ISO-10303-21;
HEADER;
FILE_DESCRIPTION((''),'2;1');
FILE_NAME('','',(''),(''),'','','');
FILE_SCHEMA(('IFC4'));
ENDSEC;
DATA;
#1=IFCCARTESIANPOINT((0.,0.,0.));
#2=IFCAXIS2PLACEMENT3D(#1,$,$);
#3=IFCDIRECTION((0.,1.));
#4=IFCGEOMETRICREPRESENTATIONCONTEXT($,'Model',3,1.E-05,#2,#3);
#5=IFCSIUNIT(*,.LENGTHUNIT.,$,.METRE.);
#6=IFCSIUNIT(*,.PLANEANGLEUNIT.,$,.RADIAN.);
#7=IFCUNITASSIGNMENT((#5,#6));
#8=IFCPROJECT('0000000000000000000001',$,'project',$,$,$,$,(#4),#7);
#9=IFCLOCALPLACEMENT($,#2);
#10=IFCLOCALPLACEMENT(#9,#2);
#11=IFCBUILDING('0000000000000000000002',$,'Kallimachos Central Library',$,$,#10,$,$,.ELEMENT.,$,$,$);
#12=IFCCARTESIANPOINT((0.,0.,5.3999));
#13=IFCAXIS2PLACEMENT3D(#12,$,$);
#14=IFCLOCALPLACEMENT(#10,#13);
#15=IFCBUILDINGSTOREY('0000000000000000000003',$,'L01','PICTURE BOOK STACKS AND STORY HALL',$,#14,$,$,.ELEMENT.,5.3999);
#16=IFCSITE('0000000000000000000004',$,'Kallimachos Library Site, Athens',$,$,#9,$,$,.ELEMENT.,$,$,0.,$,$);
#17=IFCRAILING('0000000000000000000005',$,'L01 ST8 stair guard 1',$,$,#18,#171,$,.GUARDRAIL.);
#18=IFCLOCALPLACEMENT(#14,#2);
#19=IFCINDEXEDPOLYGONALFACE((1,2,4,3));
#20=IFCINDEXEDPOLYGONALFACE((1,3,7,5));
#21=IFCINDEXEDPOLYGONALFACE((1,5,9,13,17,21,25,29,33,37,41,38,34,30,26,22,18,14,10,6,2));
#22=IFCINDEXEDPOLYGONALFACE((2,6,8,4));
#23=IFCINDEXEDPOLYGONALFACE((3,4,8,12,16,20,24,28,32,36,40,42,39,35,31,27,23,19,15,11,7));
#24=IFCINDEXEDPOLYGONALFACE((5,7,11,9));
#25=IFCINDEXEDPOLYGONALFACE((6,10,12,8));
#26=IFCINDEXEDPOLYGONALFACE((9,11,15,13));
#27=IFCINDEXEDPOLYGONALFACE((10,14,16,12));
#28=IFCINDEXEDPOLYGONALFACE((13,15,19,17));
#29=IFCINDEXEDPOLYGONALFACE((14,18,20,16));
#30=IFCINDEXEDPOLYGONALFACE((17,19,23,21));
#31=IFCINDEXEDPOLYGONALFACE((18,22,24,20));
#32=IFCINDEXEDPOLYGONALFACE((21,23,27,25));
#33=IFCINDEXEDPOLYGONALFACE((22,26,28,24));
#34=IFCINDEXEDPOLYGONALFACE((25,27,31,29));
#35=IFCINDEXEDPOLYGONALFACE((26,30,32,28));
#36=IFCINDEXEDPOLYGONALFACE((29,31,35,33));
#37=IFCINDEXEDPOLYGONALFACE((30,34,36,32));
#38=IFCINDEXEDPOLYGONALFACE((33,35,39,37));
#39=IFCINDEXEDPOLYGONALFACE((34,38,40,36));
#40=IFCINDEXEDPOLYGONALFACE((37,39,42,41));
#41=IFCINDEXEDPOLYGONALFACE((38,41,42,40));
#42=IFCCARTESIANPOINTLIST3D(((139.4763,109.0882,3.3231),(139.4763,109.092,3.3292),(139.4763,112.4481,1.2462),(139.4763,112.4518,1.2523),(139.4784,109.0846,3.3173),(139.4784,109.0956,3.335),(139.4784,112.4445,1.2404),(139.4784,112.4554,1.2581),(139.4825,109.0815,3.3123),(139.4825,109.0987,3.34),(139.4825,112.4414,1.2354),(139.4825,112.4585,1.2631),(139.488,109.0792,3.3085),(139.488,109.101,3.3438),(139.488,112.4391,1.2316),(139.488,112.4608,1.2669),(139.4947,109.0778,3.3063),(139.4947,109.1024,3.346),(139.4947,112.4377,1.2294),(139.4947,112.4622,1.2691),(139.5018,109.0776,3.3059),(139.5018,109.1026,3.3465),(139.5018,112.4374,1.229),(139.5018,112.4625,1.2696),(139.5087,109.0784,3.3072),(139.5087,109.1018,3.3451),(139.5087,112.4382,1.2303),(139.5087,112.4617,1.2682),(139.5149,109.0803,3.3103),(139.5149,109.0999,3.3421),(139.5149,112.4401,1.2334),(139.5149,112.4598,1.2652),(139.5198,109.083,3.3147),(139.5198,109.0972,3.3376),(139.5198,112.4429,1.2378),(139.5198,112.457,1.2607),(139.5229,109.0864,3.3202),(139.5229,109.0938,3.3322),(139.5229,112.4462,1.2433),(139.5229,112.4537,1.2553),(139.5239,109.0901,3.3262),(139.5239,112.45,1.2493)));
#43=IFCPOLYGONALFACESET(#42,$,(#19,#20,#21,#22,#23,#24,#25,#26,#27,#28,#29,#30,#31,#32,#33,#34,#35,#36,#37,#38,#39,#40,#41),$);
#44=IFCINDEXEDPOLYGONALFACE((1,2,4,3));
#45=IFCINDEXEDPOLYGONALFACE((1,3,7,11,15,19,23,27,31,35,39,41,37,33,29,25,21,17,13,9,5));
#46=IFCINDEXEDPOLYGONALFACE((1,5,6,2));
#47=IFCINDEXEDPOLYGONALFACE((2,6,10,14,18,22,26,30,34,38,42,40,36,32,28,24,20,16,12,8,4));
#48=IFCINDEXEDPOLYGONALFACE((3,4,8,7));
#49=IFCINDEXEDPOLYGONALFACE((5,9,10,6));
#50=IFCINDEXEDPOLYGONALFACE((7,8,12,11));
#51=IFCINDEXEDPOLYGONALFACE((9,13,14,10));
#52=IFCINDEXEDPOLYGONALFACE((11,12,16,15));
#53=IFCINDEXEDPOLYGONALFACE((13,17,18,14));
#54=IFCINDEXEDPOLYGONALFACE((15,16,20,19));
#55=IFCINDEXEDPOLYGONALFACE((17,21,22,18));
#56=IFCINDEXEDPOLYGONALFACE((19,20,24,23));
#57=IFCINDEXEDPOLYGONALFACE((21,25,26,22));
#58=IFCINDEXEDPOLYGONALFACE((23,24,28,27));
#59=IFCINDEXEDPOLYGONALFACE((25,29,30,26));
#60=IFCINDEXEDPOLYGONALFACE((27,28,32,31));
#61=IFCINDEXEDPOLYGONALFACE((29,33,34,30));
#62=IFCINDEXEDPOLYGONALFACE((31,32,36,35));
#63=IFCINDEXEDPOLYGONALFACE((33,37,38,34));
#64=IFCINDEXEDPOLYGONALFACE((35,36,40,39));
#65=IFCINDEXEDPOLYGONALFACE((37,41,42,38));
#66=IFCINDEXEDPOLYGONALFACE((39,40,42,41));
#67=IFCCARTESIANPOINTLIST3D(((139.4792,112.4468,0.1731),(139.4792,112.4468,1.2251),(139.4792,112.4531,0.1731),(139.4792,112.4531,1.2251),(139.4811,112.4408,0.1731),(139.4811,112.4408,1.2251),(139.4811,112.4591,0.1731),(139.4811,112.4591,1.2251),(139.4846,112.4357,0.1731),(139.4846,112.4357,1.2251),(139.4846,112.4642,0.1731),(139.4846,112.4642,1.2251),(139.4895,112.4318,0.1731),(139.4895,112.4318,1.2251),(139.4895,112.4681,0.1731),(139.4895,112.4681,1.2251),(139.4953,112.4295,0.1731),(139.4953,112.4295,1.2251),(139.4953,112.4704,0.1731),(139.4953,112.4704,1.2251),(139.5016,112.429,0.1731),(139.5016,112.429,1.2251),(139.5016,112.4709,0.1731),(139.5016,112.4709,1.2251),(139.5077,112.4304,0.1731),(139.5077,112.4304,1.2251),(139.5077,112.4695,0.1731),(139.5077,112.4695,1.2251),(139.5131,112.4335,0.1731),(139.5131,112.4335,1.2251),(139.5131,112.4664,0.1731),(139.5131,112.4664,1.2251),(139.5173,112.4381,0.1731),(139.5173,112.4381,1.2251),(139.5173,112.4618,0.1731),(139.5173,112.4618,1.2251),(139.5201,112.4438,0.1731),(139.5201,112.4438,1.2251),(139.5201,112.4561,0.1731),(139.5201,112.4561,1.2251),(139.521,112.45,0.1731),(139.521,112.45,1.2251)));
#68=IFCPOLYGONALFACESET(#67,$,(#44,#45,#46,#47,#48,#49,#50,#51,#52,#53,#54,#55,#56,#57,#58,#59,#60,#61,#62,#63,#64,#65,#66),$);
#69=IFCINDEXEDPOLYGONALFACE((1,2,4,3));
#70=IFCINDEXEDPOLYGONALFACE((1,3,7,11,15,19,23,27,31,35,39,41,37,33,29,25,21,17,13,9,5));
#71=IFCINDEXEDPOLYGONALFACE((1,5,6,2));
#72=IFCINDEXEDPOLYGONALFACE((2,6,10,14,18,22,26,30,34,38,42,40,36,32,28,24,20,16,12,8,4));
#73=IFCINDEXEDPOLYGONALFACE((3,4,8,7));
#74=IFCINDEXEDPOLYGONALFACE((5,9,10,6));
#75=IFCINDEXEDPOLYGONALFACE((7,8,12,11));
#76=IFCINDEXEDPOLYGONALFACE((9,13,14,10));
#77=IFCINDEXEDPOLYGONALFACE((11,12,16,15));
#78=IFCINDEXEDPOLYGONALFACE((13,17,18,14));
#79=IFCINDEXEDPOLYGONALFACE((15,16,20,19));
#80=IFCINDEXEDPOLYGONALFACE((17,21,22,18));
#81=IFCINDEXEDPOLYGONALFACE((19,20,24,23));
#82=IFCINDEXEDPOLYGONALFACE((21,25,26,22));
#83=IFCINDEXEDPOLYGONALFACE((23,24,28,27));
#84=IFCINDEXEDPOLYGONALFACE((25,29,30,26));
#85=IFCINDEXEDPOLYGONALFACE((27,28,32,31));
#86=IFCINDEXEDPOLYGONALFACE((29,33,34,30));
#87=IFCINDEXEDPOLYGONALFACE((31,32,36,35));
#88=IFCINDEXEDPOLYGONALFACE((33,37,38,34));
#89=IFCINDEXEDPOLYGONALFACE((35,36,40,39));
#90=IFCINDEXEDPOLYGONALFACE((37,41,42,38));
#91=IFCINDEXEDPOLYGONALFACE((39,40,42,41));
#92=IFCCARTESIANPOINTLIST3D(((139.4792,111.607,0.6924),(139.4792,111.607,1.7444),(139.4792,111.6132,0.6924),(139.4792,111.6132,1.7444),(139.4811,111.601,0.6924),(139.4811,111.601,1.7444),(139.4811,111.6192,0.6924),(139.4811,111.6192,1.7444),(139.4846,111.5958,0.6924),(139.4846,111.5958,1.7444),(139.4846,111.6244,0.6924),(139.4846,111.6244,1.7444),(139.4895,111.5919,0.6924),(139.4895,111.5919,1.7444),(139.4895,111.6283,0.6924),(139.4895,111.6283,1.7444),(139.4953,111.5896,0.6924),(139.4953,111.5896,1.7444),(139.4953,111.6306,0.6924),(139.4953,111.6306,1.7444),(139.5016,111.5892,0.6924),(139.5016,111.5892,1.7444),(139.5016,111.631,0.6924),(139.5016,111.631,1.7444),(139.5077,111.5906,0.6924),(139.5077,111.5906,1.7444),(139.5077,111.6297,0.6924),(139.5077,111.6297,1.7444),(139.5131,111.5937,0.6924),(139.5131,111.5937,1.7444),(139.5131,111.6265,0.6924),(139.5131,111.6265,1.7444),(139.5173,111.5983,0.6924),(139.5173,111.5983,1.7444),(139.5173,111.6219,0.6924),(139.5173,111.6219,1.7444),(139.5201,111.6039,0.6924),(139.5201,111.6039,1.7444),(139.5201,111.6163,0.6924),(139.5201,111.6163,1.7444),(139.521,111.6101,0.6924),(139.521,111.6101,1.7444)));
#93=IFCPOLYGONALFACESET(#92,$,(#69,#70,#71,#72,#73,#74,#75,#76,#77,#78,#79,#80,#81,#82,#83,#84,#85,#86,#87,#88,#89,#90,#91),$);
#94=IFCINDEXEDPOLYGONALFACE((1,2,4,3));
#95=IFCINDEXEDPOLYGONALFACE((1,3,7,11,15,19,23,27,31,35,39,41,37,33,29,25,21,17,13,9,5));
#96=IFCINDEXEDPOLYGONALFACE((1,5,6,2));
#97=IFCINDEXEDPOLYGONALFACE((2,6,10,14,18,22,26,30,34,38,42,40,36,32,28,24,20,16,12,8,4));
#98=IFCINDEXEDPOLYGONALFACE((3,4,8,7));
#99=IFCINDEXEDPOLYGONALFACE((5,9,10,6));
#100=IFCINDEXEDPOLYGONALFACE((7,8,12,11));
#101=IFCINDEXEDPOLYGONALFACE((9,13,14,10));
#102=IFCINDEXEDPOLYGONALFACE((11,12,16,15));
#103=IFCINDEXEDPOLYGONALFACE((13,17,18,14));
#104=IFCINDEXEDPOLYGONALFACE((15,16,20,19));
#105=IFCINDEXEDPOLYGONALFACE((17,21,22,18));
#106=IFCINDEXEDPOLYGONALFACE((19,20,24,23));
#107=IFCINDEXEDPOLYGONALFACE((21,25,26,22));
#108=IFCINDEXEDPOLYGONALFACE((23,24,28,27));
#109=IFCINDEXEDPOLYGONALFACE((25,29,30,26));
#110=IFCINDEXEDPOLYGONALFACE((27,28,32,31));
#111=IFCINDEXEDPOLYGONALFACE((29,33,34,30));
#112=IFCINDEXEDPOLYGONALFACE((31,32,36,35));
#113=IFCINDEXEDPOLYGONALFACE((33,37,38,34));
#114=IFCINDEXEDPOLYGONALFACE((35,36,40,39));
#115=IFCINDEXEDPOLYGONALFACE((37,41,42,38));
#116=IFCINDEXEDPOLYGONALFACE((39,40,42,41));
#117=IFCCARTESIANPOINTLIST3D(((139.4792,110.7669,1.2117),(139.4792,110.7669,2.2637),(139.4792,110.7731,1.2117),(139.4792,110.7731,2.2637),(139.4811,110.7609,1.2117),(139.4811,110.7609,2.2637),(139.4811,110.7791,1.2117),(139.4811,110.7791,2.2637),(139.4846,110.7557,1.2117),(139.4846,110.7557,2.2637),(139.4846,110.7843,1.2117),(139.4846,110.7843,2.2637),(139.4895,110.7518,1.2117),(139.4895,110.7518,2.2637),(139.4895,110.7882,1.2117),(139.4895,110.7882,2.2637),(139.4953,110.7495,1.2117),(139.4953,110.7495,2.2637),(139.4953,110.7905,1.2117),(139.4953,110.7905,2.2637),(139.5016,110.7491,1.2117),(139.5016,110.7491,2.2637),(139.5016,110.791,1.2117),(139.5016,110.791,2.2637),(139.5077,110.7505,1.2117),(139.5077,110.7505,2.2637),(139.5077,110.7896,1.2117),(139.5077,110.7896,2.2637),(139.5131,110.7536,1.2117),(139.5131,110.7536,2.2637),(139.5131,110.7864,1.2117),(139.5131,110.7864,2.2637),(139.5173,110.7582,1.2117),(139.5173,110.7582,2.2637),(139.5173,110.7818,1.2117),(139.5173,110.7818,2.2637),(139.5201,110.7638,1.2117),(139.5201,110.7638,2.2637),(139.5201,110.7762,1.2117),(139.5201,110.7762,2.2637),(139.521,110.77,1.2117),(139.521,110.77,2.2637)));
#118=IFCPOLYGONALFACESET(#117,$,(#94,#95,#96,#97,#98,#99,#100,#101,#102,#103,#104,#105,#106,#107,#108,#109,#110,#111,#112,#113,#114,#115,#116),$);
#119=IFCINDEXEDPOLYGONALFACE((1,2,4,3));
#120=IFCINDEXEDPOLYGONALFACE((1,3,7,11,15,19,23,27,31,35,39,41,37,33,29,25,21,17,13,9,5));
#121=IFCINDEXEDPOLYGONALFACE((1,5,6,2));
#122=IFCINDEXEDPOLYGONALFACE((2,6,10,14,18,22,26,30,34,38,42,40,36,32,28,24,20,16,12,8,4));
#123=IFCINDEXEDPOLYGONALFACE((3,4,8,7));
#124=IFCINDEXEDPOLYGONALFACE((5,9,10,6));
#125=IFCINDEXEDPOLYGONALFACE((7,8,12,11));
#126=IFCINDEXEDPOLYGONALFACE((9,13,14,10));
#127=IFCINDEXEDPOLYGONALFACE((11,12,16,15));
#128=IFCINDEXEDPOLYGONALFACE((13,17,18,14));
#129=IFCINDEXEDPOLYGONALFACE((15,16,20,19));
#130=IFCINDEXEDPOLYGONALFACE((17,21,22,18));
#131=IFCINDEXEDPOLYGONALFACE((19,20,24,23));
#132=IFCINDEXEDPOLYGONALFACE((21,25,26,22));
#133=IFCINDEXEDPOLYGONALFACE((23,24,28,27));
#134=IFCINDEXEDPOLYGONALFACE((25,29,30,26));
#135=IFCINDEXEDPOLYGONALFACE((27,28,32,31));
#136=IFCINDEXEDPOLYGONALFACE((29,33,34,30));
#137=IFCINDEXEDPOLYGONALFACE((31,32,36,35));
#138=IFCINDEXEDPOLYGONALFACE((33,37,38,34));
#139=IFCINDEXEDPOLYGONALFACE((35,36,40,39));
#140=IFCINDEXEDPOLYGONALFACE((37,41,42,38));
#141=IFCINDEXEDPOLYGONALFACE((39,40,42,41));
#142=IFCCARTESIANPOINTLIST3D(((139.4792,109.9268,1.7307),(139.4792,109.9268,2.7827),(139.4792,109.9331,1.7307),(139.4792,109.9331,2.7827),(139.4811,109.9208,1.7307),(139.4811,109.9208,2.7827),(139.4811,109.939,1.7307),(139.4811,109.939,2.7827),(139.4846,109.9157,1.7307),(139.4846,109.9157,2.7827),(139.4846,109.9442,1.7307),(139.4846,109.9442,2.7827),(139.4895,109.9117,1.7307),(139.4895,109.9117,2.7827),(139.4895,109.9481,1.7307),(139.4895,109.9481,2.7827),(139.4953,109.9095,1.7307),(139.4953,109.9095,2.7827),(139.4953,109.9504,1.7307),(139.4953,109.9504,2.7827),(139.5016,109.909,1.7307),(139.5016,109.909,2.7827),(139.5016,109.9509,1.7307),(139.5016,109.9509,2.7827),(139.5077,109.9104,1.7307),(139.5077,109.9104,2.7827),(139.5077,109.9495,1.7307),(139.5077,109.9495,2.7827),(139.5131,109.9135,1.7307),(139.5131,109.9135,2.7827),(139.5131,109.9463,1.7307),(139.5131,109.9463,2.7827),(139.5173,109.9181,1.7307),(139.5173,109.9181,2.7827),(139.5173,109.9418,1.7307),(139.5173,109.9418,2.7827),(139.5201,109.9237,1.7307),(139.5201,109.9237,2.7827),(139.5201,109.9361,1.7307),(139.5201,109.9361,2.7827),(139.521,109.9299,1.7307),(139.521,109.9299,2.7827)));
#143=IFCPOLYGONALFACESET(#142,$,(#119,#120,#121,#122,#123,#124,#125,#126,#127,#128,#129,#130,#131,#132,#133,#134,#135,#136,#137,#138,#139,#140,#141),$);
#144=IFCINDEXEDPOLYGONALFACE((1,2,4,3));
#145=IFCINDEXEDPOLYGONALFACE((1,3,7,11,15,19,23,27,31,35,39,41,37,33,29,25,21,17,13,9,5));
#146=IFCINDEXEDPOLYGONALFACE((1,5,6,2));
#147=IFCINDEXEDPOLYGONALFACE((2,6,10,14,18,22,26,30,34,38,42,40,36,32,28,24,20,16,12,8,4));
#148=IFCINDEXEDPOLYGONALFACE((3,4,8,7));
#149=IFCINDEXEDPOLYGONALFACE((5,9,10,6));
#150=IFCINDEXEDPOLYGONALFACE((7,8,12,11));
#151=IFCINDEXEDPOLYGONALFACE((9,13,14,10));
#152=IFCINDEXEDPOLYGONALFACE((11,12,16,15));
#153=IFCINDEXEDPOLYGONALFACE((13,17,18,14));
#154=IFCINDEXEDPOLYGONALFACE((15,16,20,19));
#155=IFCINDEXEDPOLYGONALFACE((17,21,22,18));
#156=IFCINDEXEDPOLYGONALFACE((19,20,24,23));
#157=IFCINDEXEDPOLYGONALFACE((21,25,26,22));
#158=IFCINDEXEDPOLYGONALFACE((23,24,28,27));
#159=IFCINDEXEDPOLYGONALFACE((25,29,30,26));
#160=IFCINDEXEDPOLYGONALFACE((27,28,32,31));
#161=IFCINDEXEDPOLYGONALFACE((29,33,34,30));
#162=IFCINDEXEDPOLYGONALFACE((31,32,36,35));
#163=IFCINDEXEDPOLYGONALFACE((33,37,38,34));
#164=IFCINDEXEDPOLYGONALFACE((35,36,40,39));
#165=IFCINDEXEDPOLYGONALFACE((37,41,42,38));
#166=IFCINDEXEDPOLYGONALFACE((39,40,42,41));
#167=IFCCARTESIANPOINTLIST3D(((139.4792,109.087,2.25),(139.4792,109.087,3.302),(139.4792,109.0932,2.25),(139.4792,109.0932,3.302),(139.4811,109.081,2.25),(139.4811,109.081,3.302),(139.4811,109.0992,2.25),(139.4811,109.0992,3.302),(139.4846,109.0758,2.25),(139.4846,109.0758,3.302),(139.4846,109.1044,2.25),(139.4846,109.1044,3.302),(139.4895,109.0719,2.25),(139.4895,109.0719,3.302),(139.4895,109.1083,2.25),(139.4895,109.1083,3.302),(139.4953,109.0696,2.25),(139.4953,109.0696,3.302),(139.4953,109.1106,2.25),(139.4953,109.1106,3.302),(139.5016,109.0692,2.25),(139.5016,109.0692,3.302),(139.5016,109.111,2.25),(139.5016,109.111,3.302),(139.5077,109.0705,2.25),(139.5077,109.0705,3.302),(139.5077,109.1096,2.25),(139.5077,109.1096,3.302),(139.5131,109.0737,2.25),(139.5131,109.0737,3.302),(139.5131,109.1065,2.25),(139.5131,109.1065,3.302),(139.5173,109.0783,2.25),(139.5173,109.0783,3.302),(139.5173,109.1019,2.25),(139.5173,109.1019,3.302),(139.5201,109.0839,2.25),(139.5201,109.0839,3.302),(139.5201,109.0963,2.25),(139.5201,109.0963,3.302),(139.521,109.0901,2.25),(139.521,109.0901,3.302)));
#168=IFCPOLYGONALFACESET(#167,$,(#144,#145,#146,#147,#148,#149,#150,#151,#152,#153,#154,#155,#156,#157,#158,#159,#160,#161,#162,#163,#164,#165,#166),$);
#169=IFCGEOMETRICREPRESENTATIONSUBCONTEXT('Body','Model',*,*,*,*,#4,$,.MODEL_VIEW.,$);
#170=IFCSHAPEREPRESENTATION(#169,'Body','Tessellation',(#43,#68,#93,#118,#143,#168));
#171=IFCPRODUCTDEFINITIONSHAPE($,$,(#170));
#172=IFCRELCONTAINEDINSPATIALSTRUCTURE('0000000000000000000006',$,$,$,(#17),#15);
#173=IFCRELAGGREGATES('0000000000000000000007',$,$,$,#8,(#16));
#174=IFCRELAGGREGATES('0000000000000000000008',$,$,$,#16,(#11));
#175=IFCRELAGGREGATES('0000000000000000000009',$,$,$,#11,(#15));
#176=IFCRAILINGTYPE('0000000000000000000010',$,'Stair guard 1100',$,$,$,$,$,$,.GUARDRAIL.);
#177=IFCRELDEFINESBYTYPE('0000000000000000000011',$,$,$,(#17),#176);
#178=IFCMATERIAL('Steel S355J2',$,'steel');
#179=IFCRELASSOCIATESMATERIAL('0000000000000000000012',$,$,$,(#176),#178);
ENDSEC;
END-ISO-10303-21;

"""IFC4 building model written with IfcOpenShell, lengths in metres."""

from ifc_helpers import new_model, si_unit, direction, frame, origin, origin_2d, place, context, subcontext, project, spatial, circle, extrude, material, type_object, element, save


model = new_model("IFC4")

# Units and contexts
model_context = context("Model", 3, precision=1e-05, world=origin(), true_north=direction((0.0, 1.0)))
body_context = subcontext(model_context, "Body", "Model", "MODEL_VIEW")
ifc_project = project(units=[si_unit("LENGTHUNIT", "METRE"), si_unit("PLANEANGLEUNIT", "RADIAN")], contexts=[model_context])

# Site, building, storey
site_placement = place(None, origin())
site = spatial("IfcSite", under=ifc_project, at=site_placement, Name="Kallimachos Library Site, Athens", CompositionType="ELEMENT", RefElevation=0.0)
building_placement = place(site_placement, origin())
building = spatial("IfcBuilding", under=site, at=building_placement, Name="Kallimachos Central Library", CompositionType="ELEMENT")
storey_placement = place(building_placement, frame((0.0, 0.0, 5.3999)))
storey = spatial("IfcBuildingStorey", under=building, at=storey_placement, Name="L01", Description="PICTURE BOOK STACKS AND STORY HALL", CompositionType="ELEMENT", Elevation=5.3999)

# Railing
ifc_material_1 = material(Name="Steel S355J2", Category="steel")
railing_type_1 = type_object("IfcRailingType", Name="Stair guard 1100", PredefinedType="GUARDRAIL", material=ifc_material_1)
railing_1_placement = place(storey_placement, frame((139.5, 112.45, 0.1731)))
element("IfcRailing", 1, at=railing_1_placement, inside=storey, type_object=railing_type_1, Name="L01 ST8 stair guard 1", PredefinedType="GUARDRAIL", context=body_context, shape_type="SweptSolid", body=[
    extrude(circle(Radius=0.0239, at=origin_2d()), frame((0.0, 0.0, 1.0762), z_axis=(0.0, -0.850606, 0.525803), x_axis=(1.0, 0.0, 0.0)), (0.0, 0.0, 1.0), 3.95),
    extrude(circle(Radius=0.021, at=origin_2d()), origin(), (0.0, 0.0, 1.0), 1.052),
    extrude(circle(Radius=0.021, at=origin_2d()), frame((0.0, -0.8398, 0.5193)), (0.0, 0.0, 1.0), 1.052),
    extrude(circle(Radius=0.021, at=origin_2d()), frame((0.0, -1.6799, 1.0386)), (0.0, 0.0, 1.0), 1.052),
    extrude(circle(Radius=0.021, at=origin_2d()), frame((0.0, -2.52, 1.5576)), (0.0, 0.0, 1.0), 1.052),
    extrude(circle(Radius=0.021, at=origin_2d()), frame((0.0, -3.3599, 2.0769)), (0.0, 0.0, 1.0), 1.052),
])

save(model, "model.ifc")
